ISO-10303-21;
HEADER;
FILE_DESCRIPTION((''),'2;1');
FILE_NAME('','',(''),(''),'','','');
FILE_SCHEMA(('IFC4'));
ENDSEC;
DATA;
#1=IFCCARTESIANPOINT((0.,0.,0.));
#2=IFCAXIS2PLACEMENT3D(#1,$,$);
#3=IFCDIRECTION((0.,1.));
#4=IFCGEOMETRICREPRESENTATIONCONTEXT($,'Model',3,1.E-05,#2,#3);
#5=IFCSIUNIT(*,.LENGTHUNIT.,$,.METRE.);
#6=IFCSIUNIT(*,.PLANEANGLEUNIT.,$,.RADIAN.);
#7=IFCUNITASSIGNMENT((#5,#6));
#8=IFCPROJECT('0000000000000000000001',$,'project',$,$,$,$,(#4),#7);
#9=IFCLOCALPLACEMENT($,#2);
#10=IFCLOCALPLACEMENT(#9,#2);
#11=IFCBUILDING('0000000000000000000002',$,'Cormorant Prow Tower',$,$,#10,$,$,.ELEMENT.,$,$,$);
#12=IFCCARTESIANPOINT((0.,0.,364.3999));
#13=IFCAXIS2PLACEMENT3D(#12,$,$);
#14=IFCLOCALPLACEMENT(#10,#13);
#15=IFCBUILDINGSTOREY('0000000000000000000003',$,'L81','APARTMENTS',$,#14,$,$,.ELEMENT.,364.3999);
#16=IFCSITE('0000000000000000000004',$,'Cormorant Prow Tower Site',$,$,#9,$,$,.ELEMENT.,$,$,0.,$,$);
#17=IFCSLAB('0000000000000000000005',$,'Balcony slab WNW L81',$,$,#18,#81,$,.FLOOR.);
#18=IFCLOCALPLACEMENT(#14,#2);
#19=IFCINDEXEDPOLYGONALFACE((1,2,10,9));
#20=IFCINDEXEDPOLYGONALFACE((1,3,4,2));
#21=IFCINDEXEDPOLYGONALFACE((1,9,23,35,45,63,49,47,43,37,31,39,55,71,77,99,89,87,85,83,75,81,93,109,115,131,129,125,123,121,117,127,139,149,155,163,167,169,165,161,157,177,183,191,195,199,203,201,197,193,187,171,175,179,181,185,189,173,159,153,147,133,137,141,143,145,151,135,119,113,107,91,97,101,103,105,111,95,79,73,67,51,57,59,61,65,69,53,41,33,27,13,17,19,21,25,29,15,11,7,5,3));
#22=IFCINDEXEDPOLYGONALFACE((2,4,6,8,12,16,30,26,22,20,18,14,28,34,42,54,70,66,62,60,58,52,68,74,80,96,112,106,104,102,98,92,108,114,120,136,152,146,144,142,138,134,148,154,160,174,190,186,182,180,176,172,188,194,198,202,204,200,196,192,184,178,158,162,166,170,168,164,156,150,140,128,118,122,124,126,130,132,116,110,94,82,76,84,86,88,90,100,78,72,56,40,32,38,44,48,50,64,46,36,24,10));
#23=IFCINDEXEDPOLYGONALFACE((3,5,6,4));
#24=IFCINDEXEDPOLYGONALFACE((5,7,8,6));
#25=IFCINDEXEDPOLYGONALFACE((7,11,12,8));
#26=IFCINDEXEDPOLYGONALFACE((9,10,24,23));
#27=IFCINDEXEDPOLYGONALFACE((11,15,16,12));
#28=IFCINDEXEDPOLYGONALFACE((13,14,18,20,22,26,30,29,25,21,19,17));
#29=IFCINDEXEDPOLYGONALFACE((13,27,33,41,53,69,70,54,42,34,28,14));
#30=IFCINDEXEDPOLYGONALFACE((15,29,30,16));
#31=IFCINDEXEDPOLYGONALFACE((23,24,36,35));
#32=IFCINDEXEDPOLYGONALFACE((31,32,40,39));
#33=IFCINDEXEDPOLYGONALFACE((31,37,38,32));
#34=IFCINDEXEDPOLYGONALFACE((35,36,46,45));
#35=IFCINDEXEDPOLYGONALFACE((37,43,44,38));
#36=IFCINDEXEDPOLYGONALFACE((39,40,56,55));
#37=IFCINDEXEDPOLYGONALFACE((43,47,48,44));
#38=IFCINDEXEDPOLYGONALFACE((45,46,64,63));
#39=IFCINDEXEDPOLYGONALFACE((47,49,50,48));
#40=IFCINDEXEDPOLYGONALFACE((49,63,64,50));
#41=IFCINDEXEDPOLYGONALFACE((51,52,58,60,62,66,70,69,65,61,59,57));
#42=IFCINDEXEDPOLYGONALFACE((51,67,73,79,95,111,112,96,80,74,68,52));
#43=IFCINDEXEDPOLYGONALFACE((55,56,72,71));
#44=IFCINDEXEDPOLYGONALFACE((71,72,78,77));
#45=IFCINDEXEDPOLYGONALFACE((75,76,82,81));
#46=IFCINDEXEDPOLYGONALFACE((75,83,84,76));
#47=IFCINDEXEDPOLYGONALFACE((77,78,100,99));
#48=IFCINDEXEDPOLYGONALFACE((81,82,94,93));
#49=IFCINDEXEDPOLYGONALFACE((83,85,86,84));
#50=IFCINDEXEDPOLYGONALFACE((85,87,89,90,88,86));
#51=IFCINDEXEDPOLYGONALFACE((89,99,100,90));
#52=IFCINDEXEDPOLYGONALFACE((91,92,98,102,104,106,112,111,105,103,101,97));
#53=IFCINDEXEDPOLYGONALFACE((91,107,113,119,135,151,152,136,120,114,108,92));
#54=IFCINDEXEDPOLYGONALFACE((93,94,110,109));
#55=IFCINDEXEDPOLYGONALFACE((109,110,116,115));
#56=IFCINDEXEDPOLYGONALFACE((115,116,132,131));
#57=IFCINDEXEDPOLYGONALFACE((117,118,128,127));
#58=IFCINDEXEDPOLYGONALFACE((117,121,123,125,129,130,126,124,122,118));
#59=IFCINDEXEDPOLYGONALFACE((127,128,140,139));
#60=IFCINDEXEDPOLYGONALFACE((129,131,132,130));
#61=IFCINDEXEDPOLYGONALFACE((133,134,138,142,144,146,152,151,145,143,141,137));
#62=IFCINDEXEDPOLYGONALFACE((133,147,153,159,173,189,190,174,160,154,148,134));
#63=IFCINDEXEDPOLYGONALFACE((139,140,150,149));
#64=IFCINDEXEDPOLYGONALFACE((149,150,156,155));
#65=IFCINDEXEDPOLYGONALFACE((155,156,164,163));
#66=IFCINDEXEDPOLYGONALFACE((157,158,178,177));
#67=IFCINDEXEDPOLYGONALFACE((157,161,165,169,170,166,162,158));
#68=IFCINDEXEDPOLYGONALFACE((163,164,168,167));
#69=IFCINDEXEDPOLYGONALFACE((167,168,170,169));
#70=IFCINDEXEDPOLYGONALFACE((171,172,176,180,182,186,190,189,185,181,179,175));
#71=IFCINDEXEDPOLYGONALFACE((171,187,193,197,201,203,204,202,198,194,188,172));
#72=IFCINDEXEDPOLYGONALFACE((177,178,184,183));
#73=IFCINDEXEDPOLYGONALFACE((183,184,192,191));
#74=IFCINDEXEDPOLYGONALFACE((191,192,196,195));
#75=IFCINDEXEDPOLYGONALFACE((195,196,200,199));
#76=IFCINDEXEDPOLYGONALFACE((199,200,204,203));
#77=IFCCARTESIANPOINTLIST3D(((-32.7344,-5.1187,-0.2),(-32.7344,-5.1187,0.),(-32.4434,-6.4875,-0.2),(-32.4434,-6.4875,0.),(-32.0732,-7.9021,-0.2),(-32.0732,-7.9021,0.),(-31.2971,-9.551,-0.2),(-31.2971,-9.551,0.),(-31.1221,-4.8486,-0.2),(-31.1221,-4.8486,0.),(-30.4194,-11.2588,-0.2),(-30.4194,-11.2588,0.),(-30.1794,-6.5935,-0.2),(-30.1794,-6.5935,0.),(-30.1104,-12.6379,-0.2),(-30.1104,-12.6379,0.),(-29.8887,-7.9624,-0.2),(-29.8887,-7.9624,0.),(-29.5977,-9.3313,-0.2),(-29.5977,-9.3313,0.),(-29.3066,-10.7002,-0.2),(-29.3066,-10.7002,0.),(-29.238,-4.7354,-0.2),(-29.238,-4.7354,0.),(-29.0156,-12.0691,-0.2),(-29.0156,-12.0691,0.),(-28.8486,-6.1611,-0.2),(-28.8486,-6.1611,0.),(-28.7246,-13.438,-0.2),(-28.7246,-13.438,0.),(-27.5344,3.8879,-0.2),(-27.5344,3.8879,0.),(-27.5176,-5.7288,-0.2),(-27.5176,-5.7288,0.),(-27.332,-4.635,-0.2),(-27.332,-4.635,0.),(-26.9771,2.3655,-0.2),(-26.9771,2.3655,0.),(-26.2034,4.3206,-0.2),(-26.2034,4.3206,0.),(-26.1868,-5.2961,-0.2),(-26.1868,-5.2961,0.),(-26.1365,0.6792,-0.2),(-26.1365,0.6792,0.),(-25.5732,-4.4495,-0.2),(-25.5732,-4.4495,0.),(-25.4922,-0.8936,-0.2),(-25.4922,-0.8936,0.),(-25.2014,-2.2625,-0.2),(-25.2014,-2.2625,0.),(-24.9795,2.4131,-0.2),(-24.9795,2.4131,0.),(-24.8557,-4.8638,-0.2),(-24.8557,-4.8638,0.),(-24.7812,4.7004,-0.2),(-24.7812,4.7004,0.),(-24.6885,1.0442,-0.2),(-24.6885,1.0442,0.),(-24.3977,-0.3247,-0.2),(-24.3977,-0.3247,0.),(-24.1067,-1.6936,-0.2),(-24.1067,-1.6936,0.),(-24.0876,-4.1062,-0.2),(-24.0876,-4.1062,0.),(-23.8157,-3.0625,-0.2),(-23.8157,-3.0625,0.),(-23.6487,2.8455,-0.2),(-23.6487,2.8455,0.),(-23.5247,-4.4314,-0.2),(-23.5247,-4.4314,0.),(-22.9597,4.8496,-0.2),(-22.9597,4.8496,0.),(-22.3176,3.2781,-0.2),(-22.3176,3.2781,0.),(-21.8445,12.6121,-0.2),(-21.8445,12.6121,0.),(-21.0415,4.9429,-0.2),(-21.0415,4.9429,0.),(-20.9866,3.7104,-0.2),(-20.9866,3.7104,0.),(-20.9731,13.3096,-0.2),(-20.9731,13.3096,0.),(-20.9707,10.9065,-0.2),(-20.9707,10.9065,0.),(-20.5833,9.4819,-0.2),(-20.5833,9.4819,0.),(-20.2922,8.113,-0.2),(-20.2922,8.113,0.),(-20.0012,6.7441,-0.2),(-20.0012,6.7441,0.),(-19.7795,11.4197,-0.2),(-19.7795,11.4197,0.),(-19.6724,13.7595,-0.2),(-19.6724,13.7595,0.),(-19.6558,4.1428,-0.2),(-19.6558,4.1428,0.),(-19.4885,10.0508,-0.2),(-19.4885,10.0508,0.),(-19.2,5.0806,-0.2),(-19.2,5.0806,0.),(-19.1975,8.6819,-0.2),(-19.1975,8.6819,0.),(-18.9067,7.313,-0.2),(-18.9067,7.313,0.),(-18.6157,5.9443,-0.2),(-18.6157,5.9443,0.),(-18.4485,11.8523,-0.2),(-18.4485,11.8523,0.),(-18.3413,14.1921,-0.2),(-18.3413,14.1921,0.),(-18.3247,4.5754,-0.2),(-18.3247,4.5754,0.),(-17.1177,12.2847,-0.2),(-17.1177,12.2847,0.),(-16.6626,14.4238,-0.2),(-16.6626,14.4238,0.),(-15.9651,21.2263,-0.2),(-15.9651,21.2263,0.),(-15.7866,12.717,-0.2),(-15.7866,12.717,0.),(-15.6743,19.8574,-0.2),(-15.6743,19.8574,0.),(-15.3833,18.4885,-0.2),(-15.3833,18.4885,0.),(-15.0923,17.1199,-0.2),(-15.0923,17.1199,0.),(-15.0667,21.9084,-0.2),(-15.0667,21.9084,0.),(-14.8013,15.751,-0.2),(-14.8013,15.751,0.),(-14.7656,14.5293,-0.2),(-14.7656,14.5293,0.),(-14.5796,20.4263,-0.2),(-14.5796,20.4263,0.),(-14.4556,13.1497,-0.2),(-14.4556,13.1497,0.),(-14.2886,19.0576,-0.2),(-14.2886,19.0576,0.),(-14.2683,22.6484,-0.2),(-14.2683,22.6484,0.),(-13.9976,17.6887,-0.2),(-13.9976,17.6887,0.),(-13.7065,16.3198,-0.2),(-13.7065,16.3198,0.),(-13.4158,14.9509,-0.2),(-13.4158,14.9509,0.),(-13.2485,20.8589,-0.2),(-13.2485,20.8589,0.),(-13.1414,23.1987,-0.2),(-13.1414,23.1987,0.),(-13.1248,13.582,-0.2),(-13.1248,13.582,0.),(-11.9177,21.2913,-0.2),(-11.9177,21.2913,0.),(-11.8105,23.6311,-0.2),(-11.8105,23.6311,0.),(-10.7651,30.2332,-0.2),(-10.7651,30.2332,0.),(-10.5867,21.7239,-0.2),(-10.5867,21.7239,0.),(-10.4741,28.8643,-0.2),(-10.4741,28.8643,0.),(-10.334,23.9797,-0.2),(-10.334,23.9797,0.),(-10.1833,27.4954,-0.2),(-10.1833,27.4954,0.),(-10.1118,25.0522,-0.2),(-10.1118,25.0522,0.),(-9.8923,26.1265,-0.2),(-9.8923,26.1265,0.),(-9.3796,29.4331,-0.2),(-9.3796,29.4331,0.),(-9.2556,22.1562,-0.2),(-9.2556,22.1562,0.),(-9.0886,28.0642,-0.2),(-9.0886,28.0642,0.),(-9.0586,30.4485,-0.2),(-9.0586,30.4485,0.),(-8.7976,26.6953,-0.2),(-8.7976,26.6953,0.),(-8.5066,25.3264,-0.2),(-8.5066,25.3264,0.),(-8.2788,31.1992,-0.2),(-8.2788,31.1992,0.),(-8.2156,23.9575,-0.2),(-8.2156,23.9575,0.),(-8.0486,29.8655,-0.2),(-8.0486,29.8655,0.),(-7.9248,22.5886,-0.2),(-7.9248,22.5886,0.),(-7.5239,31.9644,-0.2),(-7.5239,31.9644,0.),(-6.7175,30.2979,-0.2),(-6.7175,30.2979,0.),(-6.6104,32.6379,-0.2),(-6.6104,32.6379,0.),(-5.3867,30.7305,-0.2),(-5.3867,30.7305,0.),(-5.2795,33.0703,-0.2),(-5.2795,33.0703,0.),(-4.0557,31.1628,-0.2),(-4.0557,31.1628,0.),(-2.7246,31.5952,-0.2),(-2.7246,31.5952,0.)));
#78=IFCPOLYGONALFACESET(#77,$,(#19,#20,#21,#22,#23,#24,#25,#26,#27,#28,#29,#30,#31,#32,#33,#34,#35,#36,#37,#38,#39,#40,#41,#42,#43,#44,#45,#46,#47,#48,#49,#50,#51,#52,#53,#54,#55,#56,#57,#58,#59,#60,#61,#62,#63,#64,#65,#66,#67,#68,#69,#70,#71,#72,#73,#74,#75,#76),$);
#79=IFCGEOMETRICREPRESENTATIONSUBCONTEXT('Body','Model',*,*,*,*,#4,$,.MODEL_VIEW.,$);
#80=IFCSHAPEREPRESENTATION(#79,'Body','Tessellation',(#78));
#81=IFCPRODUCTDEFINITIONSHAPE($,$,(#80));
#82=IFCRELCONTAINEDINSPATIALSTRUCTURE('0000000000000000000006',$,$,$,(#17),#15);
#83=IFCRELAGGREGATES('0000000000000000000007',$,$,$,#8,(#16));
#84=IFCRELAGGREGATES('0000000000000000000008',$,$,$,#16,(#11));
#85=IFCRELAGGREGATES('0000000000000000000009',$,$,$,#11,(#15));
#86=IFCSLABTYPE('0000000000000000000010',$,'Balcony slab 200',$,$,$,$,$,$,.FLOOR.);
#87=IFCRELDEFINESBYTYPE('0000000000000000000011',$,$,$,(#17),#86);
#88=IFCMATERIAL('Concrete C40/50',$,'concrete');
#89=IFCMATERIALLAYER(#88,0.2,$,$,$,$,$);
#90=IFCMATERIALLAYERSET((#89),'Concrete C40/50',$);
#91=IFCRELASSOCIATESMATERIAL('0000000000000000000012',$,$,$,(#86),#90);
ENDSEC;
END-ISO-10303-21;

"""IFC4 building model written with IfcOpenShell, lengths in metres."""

from ifc_helpers import new_model, si_unit, direction, frame, origin, place, context, subcontext, project, spatial, polyline, outline, extrude, material, layer, layer_set, type_object, element, save


model = new_model("IFC4")

# Units and contexts
model_context = context("Model", 3, precision=1e-05, world=origin(), true_north=direction((0.0, 1.0)))
body_context = subcontext(model_context, "Body", "Model", "MODEL_VIEW")
ifc_project = project(units=[si_unit("LENGTHUNIT", "METRE"), si_unit("PLANEANGLEUNIT", "RADIAN")], contexts=[model_context])

# Site, building, storey
site_placement = place(None, origin())
site = spatial("IfcSite", under=ifc_project, at=site_placement, Name="Cormorant Prow Tower Site", CompositionType="ELEMENT", RefElevation=0.0)
building_placement = place(site_placement, origin())
building = spatial("IfcBuilding", under=site, at=building_placement, Name="Cormorant Prow Tower", CompositionType="ELEMENT")
storey_placement = place(building_placement, frame((0.0, 0.0, 364.3999)))
storey = spatial("IfcBuildingStorey", under=building, at=storey_placement, Name="L81", Description="APARTMENTS", CompositionType="ELEMENT", Elevation=364.3999)

# Slab
ifc_material_1 = material(Name="Concrete C40/50", Category="concrete")
ifc_layer_1 = layer(ifc_material_1, 0.2)
ifc_layer_set_1 = layer_set([ifc_layer_1], Name="Concrete C40/50")
slab_type_1 = type_object("IfcSlabType", Name="Balcony slab 200", PredefinedType="FLOOR", material=ifc_layer_set_1)
slab_1_placement = place(storey_placement, frame((0.0, 0.0, -0.2)))
element("IfcSlab", 1, at=slab_1_placement, inside=storey, type_object=slab_type_1, Name="Balcony slab WNW L81", PredefinedType="FLOOR", context=body_context, shape_type="SweptSolid", body=[
    extrude(outline(polyline([(-2.7246, 31.5952), (-5.2795, 33.0703), (-6.6104, 32.6379), (-7.5239, 31.9644), (-8.2788, 31.1992), (-9.0586, 30.4485), (-10.7651, 30.2332), (-10.4741, 28.8643), (-10.1833, 27.4954), (-9.8923, 26.1265), (-10.1118, 25.0522), (-10.334, 23.9797), (-11.8105, 23.6311), (-13.1414, 23.1987), (-14.2683, 22.6484), (-15.0667, 21.9084), (-15.9651, 21.2263), (-15.6743, 19.8574), (-15.3833, 18.4885), (-15.0923, 17.1199), (-14.8013, 15.751), (-14.7656, 14.5293), (-16.6626, 14.4238), (-18.3413, 14.1921), (-19.6724, 13.7595), (-20.9731, 13.3096), (-21.8445, 12.6121), (-20.9707, 10.9065), (-20.5833, 9.4819), (-20.2922, 8.113), (-20.0012, 6.7441), (-19.2, 5.0806), (-21.0415, 4.9429), (-22.9597, 4.8496), (-24.7812, 4.7004), (-26.2034, 4.3206), (-27.5344, 3.8879), (-26.9771, 2.3655), (-26.1365, 0.6792), (-25.4922, -0.8936), (-25.2014, -2.2625), (-24.0876, -4.1062), (-25.5732, -4.4495), (-27.332, -4.635), (-29.238, -4.7354), (-31.1221, -4.8486), (-32.7344, -5.1187), (-32.4434, -6.4875), (-32.0732, -7.9021), (-31.2971, -9.551), (-30.4194, -11.2588), (-30.1104, -12.6379), (-28.7246, -13.438), (-29.0156, -12.0691), (-29.3066, -10.7002), (-29.5977, -9.3313), (-29.8887, -7.9624), (-30.1794, -6.5935), (-28.8486, -6.1611), (-27.5176, -5.7288), (-26.1868, -5.2961), (-24.8557, -4.8638), (-23.5247, -4.4314), (-23.8157, -3.0625), (-24.1067, -1.6936), (-24.3977, -0.3247), (-24.6885, 1.0442), (-24.9795, 2.4131), (-23.6487, 2.8455), (-22.3176, 3.2781), (-20.9866, 3.7104), (-19.6558, 4.1428), (-18.3247, 4.5754), (-18.6157, 5.9443), (-18.9067, 7.313), (-19.1975, 8.6819), (-19.4885, 10.0508), (-19.7795, 11.4197), (-18.4485, 11.8523), (-17.1177, 12.2847), (-15.7866, 12.717), (-14.4556, 13.1497), (-13.1248, 13.582), (-13.4158, 14.9509), (-13.7065, 16.3198), (-13.9976, 17.6887), (-14.2886, 19.0576), (-14.5796, 20.4263), (-13.2485, 20.8589), (-11.9177, 21.2913), (-10.5867, 21.7239), (-9.2556, 22.1562), (-7.9248, 22.5886), (-8.2156, 23.9575), (-8.5066, 25.3264), (-8.7976, 26.6953), (-9.0886, 28.0642), (-9.3796, 29.4331), (-8.0486, 29.8655), (-6.7175, 30.2979), (-5.3867, 30.7305), (-4.0557, 31.1628), (-2.7246, 31.5952)])), origin(), (0.0, 0.0, 1.0), 0.2),
])

save(model, "model.ifc")
